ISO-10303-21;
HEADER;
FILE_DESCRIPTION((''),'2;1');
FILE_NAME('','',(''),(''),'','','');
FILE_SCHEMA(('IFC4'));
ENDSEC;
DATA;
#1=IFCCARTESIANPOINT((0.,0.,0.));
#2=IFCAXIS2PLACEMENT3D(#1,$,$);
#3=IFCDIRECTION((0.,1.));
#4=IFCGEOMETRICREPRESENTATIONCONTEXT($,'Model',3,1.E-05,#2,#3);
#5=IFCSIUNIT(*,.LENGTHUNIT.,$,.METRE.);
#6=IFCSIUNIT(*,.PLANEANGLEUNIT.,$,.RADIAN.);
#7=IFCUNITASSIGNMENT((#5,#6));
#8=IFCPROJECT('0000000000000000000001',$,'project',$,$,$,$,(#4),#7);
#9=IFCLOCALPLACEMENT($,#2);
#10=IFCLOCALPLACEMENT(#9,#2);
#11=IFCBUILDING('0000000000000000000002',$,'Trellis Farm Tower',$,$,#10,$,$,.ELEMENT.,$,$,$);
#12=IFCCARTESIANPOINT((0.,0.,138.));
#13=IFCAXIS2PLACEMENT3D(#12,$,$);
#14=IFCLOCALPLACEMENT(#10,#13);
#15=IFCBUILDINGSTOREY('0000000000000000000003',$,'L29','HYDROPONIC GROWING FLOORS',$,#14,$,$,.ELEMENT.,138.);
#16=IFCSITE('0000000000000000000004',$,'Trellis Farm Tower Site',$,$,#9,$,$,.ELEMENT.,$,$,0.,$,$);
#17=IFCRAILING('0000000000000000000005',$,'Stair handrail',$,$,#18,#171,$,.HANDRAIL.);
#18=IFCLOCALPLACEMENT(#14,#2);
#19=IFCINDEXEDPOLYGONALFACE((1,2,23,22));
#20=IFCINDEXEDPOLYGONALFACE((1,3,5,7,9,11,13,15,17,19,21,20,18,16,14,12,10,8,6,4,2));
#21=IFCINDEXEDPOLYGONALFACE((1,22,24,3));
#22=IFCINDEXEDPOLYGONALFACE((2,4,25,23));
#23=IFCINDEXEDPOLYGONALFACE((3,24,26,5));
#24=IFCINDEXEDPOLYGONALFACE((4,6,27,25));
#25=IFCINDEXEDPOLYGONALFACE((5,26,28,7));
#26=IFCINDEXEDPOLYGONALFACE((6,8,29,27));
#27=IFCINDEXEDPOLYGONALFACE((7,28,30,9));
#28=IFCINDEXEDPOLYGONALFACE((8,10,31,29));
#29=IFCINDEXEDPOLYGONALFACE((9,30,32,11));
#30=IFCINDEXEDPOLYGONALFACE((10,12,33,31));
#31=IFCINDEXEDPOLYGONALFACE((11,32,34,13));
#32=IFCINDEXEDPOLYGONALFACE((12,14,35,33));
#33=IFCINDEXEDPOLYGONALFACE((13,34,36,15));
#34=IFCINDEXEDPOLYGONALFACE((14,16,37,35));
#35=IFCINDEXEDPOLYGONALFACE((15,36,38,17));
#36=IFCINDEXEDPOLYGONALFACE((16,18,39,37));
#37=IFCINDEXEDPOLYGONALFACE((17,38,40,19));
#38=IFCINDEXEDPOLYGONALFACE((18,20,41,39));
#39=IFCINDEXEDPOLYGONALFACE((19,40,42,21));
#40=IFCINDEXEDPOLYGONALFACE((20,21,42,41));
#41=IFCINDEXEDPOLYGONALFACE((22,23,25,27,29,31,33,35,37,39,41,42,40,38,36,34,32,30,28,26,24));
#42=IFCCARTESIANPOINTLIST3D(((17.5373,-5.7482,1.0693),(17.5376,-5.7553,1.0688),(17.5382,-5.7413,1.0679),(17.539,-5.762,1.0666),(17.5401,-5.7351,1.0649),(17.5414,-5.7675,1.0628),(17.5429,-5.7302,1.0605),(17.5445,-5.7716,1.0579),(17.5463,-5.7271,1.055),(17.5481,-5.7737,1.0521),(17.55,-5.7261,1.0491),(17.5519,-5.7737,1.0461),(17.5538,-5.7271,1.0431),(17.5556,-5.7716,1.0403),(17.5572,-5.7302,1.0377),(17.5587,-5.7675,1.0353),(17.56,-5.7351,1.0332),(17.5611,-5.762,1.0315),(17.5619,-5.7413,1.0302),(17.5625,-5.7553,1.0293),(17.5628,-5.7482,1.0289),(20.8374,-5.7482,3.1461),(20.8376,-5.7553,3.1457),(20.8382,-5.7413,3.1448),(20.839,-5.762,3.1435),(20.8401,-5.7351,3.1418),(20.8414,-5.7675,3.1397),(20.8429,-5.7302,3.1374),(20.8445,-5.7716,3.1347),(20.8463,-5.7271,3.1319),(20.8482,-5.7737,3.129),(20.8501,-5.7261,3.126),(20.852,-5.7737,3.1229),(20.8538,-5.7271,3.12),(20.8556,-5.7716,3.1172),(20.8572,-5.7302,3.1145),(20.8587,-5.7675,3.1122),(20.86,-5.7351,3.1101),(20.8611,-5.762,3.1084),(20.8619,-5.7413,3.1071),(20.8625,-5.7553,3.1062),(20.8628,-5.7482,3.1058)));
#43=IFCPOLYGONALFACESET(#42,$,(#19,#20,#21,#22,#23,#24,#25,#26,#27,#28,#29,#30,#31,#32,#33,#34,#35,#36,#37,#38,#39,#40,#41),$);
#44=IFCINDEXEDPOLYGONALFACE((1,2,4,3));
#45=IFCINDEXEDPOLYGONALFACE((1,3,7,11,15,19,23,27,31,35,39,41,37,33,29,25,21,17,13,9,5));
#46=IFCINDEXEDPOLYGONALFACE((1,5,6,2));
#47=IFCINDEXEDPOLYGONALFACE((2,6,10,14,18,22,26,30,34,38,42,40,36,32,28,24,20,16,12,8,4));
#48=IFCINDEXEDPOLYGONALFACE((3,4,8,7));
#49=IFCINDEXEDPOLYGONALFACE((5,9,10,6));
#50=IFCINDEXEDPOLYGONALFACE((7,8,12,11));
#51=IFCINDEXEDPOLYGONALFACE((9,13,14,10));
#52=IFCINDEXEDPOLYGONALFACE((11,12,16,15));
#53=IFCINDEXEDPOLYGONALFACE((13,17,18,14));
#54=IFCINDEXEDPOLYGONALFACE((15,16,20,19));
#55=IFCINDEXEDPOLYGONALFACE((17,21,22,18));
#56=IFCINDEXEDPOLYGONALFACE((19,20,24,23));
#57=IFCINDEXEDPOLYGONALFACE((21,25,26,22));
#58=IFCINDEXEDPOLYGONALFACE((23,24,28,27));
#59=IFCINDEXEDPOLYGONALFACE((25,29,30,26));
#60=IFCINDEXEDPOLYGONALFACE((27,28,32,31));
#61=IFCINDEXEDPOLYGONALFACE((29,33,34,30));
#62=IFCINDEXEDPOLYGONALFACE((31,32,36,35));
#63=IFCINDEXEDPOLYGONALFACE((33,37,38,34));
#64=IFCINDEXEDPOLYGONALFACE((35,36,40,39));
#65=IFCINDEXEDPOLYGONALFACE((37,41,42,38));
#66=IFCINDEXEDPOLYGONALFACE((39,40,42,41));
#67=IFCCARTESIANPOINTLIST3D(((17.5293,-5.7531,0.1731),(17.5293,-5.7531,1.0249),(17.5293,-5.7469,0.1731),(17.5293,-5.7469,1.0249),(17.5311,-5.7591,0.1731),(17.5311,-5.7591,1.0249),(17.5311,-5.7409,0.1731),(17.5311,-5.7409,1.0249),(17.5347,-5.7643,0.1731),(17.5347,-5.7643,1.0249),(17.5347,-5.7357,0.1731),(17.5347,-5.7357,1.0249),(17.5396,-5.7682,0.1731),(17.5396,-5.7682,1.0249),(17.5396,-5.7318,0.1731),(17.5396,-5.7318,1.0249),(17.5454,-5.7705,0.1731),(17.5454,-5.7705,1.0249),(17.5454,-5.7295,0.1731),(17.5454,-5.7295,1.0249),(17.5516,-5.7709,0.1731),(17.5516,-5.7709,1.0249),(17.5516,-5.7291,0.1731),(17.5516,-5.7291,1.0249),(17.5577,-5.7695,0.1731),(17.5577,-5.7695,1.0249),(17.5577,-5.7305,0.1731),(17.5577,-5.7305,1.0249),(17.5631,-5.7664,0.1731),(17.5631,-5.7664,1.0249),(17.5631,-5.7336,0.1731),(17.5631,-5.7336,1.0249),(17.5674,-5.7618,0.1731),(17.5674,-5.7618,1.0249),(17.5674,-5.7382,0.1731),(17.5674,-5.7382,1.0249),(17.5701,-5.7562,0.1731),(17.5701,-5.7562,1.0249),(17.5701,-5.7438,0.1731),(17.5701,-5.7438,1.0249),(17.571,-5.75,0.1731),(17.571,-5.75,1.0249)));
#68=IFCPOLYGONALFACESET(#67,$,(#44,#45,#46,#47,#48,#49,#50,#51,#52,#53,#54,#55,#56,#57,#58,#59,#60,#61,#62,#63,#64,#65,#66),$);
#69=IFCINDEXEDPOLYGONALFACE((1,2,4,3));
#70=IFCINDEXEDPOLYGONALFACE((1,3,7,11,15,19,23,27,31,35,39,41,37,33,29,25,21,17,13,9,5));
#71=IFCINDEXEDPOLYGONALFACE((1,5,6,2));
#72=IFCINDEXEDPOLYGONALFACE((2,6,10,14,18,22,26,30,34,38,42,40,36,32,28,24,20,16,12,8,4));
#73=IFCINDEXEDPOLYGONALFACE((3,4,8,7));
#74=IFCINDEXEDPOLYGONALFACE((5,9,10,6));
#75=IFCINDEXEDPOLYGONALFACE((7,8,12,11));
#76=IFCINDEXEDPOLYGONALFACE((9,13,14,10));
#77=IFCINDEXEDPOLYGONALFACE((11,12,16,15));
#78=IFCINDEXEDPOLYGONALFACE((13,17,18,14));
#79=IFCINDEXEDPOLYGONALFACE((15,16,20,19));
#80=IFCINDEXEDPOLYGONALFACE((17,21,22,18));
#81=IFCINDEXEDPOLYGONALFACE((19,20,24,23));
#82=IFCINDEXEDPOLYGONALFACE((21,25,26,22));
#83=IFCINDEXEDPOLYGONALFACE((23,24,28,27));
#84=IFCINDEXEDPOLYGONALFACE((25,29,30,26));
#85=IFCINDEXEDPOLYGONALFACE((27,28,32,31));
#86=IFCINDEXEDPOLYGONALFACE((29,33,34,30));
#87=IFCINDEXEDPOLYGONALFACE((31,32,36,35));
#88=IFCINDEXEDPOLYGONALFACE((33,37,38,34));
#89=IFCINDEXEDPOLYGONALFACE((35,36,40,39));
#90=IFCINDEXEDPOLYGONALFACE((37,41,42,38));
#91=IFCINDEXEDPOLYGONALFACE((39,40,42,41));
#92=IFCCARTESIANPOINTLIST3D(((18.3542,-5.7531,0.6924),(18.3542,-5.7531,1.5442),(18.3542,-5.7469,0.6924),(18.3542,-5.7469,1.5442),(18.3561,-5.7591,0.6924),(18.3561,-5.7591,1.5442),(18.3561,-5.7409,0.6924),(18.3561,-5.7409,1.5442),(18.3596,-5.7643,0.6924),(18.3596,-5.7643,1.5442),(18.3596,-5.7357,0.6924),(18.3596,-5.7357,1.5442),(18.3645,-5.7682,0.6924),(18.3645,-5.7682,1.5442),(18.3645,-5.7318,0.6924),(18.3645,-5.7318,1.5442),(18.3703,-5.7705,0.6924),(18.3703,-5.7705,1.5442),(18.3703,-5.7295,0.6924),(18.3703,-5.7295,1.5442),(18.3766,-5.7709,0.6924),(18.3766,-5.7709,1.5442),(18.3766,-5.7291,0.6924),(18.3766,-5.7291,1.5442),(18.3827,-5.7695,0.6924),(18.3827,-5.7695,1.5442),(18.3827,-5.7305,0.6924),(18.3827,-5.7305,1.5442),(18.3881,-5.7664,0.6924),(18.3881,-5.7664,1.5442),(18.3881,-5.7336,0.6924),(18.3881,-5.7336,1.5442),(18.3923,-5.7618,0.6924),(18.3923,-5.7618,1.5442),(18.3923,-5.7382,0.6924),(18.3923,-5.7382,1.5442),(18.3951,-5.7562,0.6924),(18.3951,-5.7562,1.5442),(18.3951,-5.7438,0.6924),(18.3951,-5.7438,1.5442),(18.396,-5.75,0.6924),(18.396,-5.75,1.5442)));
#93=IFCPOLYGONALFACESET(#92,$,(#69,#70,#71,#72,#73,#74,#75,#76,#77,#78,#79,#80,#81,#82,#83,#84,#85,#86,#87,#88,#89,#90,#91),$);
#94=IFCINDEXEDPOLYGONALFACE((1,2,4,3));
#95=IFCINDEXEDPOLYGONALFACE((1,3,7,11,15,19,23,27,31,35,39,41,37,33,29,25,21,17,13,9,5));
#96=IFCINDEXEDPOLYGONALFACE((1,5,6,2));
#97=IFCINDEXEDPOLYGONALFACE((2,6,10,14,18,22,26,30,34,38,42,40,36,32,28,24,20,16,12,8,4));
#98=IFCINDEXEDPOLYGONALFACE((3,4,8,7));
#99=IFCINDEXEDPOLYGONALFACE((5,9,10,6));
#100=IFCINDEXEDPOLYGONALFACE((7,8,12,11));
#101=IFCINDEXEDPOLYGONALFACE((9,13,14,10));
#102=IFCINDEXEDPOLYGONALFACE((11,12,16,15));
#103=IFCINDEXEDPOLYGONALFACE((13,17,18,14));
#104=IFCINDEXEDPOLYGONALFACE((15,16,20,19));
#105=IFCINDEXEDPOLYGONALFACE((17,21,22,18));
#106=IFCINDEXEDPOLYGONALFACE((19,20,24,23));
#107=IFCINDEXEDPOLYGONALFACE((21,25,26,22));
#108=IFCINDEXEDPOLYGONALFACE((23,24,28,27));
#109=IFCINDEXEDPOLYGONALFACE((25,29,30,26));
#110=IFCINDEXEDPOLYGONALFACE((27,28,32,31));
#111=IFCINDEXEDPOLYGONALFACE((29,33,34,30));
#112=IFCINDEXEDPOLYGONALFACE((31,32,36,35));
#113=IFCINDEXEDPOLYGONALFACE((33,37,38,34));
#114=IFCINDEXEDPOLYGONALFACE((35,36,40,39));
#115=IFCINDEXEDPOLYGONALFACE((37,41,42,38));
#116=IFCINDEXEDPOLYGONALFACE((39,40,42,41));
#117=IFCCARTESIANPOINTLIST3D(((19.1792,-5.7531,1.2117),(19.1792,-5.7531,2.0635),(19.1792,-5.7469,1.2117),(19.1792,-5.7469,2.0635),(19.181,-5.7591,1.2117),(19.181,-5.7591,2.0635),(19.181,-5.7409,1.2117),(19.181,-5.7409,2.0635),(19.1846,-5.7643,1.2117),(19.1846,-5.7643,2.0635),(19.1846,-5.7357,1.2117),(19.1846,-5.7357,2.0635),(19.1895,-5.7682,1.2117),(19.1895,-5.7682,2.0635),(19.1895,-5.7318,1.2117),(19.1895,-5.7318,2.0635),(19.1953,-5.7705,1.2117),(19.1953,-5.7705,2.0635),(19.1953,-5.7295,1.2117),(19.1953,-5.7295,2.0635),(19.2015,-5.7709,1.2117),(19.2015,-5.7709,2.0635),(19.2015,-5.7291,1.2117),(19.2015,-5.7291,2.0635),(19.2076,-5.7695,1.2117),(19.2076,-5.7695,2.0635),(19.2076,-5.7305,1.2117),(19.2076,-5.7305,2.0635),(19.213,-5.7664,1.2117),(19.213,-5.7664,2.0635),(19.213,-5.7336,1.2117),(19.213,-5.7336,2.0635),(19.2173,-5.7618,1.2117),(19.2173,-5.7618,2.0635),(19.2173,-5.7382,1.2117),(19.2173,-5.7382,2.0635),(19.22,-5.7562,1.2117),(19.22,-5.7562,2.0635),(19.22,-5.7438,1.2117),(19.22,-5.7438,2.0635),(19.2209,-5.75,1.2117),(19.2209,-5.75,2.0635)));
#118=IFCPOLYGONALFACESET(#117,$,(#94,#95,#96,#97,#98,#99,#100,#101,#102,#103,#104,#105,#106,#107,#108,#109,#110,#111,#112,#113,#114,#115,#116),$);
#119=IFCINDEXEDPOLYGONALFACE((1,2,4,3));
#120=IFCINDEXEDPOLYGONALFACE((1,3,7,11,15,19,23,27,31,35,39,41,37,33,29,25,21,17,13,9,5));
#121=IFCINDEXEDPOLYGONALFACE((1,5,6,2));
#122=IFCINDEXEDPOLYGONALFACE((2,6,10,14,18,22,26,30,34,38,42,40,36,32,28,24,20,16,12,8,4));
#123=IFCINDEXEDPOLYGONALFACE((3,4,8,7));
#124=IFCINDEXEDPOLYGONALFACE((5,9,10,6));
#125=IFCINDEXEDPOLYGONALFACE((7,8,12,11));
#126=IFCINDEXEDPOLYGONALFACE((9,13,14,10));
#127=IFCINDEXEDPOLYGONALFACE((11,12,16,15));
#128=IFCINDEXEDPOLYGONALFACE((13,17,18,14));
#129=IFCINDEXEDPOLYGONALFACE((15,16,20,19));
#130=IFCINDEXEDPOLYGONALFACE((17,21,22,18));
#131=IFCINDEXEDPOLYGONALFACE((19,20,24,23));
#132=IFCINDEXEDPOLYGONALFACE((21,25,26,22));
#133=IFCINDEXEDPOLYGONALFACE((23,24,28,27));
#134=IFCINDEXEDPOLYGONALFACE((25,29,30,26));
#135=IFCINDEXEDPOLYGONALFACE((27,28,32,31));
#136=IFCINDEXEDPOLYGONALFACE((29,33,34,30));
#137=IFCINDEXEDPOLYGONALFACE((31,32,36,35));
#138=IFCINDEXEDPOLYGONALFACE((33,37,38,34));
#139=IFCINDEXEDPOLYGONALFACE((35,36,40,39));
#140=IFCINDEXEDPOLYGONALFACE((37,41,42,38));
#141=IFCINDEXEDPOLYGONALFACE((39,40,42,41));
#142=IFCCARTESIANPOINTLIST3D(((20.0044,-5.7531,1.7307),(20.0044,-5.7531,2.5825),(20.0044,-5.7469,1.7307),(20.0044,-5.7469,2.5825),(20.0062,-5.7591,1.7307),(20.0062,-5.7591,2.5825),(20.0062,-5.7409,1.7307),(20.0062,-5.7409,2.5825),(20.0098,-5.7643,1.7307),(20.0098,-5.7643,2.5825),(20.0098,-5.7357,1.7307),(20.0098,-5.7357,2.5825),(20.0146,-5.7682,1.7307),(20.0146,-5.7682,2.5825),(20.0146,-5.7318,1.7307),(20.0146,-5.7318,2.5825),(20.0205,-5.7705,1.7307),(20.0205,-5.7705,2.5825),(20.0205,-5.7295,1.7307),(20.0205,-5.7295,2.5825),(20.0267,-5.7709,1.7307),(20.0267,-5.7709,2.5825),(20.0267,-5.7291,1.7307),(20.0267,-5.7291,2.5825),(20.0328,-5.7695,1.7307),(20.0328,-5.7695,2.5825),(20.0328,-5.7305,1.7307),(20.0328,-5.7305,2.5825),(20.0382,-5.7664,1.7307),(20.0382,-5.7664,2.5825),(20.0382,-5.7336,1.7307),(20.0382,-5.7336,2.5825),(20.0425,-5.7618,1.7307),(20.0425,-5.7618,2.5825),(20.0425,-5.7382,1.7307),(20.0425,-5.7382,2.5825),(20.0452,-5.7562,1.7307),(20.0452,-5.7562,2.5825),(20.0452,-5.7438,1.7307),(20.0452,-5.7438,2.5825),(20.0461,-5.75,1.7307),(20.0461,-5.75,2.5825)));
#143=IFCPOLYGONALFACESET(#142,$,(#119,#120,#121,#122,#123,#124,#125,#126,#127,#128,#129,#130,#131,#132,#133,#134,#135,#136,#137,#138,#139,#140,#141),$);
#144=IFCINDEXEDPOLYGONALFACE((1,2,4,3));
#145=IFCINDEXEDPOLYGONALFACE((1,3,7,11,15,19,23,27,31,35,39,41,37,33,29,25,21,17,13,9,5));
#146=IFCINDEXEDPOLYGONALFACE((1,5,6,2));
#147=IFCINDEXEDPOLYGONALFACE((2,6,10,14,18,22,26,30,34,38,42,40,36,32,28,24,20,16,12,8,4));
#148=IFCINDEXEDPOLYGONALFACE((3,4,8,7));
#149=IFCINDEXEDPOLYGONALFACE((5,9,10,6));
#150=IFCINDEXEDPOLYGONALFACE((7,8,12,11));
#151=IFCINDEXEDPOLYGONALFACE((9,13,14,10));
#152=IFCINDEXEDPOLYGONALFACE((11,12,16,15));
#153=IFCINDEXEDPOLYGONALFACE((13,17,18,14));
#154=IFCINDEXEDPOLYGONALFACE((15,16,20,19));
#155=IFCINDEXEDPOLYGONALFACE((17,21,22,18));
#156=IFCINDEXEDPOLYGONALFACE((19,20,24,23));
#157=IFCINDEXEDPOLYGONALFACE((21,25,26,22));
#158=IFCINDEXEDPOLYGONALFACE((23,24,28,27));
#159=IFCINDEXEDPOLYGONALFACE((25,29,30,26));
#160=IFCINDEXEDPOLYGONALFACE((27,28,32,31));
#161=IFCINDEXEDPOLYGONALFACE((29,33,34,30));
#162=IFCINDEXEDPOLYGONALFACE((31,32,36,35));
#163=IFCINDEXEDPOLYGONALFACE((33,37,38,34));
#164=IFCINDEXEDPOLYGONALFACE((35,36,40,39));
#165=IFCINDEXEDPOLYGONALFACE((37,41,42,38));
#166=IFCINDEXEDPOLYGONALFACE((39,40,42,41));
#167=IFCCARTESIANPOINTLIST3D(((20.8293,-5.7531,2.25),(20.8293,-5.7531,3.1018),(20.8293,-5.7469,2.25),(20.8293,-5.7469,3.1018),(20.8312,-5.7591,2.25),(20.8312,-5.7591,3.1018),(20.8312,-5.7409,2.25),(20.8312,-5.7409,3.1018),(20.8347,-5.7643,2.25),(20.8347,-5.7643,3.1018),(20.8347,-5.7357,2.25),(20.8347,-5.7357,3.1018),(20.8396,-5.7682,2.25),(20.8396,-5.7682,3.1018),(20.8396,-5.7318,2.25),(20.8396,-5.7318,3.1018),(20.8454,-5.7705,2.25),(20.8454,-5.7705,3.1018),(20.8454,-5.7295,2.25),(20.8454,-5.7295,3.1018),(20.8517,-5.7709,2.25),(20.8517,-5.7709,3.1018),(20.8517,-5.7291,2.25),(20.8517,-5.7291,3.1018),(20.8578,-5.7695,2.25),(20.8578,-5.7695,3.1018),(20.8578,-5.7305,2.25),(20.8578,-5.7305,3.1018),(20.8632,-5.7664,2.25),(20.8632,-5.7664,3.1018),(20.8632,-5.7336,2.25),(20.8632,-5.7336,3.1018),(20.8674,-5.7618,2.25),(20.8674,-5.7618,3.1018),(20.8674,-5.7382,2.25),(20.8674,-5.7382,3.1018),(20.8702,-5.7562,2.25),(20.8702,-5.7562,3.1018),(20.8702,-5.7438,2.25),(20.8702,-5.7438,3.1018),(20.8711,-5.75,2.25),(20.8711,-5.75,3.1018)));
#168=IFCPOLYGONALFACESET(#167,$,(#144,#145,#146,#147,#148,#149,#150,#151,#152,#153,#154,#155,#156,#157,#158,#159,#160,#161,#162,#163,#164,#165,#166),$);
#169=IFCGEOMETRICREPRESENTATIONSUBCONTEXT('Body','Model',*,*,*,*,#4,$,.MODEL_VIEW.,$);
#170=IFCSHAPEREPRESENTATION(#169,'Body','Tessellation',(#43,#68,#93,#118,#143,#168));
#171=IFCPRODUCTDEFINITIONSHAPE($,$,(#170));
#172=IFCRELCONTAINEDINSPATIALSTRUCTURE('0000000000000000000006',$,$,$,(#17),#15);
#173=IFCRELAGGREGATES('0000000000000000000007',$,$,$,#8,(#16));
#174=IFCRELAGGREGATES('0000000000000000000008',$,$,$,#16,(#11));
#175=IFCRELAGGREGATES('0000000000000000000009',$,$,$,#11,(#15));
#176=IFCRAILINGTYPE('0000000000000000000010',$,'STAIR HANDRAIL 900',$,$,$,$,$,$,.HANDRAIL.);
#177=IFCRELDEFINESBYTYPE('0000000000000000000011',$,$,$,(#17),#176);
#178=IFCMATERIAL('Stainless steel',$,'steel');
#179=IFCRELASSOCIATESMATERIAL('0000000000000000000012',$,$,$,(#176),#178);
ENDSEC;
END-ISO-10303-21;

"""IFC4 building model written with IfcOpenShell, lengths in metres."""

from ifc_helpers import new_model, si_unit, direction, frame, origin, origin_2d, place, context, subcontext, project, spatial, circle, extrude, source, transform, mapped, material, type_object, element, save


model = new_model("IFC4")

# Units and contexts
model_context = context("Model", 3, precision=1e-05, world=origin(), true_north=direction((0.0, 1.0)))
body_context = subcontext(model_context, "Body", "Model", "MODEL_VIEW")
ifc_project = project(units=[si_unit("LENGTHUNIT", "METRE"), si_unit("PLANEANGLEUNIT", "RADIAN")], contexts=[model_context])

# Site, building, storey
site_placement = place(None, origin())
site = spatial("IfcSite", under=ifc_project, at=site_placement, Name="Trellis Farm Tower Site", CompositionType="ELEMENT", RefElevation=0.0)
building_placement = place(site_placement, origin())
building = spatial("IfcBuilding", under=site, at=building_placement, Name="Trellis Farm Tower", CompositionType="ELEMENT")
storey_placement = place(building_placement, frame((0.0, 0.0, 138.0)))
storey = spatial("IfcBuildingStorey", under=building, at=storey_placement, Name="L29", Description="HYDROPONIC GROWING FLOORS", CompositionType="ELEMENT", Elevation=138.0)

# Shared definitions
ifc_material_1 = material(Name="Stainless steel", Category="steel")

# Railing
railing_type = type_object("IfcRailingType", Name="STAIR HANDRAIL 900", PredefinedType="HANDRAIL", material=ifc_material_1)
shared_shape_1 = source(origin(), body_context, "Body", "SweptSolid", [
    extrude(circle(Radius=0.0239, at=origin_2d()), frame((0.0, 0.0, 0.876), z_axis=(0.846337, 0.0, 0.532647), x_axis=(0.0, 1.0, 0.0)), (0.0, 0.0, 1.0), 3.8992),
    extrude(circle(Radius=0.021, at=origin_2d()), origin(), (0.0, 0.0, 1.0), 0.8518),
    extrude(circle(Radius=0.021, at=origin_2d()), frame((0.825, 0.0, 0.5193)), (0.0, 0.0, 1.0), 0.8518),
    extrude(circle(Radius=0.021, at=origin_2d()), frame((1.6499, 0.0, 1.0386)), (0.0, 0.0, 1.0), 0.8518),
    extrude(circle(Radius=0.021, at=origin_2d()), frame((2.4751, 0.0, 1.5576)), (0.0, 0.0, 1.0), 0.8518),
    extrude(circle(Radius=0.021, at=origin_2d()), frame((3.3, 0.0, 2.0769)), (0.0, 0.0, 1.0), 0.8518),
])
for number, where, name in (
    (1, (17.55, -5.75, 0.1731), "Stair handrail"),
):
    element("IfcRailing", number, at=place(storey_placement, frame(where)), inside=storey, type_object=railing_type, Name=name, PredefinedType="HANDRAIL", context=body_context, shape_type="MappedRepresentation", body=[
        mapped(shared_shape_1, transform((0.0, 0.0, 0.0))),
    ])

save(model, "model.ifc")
